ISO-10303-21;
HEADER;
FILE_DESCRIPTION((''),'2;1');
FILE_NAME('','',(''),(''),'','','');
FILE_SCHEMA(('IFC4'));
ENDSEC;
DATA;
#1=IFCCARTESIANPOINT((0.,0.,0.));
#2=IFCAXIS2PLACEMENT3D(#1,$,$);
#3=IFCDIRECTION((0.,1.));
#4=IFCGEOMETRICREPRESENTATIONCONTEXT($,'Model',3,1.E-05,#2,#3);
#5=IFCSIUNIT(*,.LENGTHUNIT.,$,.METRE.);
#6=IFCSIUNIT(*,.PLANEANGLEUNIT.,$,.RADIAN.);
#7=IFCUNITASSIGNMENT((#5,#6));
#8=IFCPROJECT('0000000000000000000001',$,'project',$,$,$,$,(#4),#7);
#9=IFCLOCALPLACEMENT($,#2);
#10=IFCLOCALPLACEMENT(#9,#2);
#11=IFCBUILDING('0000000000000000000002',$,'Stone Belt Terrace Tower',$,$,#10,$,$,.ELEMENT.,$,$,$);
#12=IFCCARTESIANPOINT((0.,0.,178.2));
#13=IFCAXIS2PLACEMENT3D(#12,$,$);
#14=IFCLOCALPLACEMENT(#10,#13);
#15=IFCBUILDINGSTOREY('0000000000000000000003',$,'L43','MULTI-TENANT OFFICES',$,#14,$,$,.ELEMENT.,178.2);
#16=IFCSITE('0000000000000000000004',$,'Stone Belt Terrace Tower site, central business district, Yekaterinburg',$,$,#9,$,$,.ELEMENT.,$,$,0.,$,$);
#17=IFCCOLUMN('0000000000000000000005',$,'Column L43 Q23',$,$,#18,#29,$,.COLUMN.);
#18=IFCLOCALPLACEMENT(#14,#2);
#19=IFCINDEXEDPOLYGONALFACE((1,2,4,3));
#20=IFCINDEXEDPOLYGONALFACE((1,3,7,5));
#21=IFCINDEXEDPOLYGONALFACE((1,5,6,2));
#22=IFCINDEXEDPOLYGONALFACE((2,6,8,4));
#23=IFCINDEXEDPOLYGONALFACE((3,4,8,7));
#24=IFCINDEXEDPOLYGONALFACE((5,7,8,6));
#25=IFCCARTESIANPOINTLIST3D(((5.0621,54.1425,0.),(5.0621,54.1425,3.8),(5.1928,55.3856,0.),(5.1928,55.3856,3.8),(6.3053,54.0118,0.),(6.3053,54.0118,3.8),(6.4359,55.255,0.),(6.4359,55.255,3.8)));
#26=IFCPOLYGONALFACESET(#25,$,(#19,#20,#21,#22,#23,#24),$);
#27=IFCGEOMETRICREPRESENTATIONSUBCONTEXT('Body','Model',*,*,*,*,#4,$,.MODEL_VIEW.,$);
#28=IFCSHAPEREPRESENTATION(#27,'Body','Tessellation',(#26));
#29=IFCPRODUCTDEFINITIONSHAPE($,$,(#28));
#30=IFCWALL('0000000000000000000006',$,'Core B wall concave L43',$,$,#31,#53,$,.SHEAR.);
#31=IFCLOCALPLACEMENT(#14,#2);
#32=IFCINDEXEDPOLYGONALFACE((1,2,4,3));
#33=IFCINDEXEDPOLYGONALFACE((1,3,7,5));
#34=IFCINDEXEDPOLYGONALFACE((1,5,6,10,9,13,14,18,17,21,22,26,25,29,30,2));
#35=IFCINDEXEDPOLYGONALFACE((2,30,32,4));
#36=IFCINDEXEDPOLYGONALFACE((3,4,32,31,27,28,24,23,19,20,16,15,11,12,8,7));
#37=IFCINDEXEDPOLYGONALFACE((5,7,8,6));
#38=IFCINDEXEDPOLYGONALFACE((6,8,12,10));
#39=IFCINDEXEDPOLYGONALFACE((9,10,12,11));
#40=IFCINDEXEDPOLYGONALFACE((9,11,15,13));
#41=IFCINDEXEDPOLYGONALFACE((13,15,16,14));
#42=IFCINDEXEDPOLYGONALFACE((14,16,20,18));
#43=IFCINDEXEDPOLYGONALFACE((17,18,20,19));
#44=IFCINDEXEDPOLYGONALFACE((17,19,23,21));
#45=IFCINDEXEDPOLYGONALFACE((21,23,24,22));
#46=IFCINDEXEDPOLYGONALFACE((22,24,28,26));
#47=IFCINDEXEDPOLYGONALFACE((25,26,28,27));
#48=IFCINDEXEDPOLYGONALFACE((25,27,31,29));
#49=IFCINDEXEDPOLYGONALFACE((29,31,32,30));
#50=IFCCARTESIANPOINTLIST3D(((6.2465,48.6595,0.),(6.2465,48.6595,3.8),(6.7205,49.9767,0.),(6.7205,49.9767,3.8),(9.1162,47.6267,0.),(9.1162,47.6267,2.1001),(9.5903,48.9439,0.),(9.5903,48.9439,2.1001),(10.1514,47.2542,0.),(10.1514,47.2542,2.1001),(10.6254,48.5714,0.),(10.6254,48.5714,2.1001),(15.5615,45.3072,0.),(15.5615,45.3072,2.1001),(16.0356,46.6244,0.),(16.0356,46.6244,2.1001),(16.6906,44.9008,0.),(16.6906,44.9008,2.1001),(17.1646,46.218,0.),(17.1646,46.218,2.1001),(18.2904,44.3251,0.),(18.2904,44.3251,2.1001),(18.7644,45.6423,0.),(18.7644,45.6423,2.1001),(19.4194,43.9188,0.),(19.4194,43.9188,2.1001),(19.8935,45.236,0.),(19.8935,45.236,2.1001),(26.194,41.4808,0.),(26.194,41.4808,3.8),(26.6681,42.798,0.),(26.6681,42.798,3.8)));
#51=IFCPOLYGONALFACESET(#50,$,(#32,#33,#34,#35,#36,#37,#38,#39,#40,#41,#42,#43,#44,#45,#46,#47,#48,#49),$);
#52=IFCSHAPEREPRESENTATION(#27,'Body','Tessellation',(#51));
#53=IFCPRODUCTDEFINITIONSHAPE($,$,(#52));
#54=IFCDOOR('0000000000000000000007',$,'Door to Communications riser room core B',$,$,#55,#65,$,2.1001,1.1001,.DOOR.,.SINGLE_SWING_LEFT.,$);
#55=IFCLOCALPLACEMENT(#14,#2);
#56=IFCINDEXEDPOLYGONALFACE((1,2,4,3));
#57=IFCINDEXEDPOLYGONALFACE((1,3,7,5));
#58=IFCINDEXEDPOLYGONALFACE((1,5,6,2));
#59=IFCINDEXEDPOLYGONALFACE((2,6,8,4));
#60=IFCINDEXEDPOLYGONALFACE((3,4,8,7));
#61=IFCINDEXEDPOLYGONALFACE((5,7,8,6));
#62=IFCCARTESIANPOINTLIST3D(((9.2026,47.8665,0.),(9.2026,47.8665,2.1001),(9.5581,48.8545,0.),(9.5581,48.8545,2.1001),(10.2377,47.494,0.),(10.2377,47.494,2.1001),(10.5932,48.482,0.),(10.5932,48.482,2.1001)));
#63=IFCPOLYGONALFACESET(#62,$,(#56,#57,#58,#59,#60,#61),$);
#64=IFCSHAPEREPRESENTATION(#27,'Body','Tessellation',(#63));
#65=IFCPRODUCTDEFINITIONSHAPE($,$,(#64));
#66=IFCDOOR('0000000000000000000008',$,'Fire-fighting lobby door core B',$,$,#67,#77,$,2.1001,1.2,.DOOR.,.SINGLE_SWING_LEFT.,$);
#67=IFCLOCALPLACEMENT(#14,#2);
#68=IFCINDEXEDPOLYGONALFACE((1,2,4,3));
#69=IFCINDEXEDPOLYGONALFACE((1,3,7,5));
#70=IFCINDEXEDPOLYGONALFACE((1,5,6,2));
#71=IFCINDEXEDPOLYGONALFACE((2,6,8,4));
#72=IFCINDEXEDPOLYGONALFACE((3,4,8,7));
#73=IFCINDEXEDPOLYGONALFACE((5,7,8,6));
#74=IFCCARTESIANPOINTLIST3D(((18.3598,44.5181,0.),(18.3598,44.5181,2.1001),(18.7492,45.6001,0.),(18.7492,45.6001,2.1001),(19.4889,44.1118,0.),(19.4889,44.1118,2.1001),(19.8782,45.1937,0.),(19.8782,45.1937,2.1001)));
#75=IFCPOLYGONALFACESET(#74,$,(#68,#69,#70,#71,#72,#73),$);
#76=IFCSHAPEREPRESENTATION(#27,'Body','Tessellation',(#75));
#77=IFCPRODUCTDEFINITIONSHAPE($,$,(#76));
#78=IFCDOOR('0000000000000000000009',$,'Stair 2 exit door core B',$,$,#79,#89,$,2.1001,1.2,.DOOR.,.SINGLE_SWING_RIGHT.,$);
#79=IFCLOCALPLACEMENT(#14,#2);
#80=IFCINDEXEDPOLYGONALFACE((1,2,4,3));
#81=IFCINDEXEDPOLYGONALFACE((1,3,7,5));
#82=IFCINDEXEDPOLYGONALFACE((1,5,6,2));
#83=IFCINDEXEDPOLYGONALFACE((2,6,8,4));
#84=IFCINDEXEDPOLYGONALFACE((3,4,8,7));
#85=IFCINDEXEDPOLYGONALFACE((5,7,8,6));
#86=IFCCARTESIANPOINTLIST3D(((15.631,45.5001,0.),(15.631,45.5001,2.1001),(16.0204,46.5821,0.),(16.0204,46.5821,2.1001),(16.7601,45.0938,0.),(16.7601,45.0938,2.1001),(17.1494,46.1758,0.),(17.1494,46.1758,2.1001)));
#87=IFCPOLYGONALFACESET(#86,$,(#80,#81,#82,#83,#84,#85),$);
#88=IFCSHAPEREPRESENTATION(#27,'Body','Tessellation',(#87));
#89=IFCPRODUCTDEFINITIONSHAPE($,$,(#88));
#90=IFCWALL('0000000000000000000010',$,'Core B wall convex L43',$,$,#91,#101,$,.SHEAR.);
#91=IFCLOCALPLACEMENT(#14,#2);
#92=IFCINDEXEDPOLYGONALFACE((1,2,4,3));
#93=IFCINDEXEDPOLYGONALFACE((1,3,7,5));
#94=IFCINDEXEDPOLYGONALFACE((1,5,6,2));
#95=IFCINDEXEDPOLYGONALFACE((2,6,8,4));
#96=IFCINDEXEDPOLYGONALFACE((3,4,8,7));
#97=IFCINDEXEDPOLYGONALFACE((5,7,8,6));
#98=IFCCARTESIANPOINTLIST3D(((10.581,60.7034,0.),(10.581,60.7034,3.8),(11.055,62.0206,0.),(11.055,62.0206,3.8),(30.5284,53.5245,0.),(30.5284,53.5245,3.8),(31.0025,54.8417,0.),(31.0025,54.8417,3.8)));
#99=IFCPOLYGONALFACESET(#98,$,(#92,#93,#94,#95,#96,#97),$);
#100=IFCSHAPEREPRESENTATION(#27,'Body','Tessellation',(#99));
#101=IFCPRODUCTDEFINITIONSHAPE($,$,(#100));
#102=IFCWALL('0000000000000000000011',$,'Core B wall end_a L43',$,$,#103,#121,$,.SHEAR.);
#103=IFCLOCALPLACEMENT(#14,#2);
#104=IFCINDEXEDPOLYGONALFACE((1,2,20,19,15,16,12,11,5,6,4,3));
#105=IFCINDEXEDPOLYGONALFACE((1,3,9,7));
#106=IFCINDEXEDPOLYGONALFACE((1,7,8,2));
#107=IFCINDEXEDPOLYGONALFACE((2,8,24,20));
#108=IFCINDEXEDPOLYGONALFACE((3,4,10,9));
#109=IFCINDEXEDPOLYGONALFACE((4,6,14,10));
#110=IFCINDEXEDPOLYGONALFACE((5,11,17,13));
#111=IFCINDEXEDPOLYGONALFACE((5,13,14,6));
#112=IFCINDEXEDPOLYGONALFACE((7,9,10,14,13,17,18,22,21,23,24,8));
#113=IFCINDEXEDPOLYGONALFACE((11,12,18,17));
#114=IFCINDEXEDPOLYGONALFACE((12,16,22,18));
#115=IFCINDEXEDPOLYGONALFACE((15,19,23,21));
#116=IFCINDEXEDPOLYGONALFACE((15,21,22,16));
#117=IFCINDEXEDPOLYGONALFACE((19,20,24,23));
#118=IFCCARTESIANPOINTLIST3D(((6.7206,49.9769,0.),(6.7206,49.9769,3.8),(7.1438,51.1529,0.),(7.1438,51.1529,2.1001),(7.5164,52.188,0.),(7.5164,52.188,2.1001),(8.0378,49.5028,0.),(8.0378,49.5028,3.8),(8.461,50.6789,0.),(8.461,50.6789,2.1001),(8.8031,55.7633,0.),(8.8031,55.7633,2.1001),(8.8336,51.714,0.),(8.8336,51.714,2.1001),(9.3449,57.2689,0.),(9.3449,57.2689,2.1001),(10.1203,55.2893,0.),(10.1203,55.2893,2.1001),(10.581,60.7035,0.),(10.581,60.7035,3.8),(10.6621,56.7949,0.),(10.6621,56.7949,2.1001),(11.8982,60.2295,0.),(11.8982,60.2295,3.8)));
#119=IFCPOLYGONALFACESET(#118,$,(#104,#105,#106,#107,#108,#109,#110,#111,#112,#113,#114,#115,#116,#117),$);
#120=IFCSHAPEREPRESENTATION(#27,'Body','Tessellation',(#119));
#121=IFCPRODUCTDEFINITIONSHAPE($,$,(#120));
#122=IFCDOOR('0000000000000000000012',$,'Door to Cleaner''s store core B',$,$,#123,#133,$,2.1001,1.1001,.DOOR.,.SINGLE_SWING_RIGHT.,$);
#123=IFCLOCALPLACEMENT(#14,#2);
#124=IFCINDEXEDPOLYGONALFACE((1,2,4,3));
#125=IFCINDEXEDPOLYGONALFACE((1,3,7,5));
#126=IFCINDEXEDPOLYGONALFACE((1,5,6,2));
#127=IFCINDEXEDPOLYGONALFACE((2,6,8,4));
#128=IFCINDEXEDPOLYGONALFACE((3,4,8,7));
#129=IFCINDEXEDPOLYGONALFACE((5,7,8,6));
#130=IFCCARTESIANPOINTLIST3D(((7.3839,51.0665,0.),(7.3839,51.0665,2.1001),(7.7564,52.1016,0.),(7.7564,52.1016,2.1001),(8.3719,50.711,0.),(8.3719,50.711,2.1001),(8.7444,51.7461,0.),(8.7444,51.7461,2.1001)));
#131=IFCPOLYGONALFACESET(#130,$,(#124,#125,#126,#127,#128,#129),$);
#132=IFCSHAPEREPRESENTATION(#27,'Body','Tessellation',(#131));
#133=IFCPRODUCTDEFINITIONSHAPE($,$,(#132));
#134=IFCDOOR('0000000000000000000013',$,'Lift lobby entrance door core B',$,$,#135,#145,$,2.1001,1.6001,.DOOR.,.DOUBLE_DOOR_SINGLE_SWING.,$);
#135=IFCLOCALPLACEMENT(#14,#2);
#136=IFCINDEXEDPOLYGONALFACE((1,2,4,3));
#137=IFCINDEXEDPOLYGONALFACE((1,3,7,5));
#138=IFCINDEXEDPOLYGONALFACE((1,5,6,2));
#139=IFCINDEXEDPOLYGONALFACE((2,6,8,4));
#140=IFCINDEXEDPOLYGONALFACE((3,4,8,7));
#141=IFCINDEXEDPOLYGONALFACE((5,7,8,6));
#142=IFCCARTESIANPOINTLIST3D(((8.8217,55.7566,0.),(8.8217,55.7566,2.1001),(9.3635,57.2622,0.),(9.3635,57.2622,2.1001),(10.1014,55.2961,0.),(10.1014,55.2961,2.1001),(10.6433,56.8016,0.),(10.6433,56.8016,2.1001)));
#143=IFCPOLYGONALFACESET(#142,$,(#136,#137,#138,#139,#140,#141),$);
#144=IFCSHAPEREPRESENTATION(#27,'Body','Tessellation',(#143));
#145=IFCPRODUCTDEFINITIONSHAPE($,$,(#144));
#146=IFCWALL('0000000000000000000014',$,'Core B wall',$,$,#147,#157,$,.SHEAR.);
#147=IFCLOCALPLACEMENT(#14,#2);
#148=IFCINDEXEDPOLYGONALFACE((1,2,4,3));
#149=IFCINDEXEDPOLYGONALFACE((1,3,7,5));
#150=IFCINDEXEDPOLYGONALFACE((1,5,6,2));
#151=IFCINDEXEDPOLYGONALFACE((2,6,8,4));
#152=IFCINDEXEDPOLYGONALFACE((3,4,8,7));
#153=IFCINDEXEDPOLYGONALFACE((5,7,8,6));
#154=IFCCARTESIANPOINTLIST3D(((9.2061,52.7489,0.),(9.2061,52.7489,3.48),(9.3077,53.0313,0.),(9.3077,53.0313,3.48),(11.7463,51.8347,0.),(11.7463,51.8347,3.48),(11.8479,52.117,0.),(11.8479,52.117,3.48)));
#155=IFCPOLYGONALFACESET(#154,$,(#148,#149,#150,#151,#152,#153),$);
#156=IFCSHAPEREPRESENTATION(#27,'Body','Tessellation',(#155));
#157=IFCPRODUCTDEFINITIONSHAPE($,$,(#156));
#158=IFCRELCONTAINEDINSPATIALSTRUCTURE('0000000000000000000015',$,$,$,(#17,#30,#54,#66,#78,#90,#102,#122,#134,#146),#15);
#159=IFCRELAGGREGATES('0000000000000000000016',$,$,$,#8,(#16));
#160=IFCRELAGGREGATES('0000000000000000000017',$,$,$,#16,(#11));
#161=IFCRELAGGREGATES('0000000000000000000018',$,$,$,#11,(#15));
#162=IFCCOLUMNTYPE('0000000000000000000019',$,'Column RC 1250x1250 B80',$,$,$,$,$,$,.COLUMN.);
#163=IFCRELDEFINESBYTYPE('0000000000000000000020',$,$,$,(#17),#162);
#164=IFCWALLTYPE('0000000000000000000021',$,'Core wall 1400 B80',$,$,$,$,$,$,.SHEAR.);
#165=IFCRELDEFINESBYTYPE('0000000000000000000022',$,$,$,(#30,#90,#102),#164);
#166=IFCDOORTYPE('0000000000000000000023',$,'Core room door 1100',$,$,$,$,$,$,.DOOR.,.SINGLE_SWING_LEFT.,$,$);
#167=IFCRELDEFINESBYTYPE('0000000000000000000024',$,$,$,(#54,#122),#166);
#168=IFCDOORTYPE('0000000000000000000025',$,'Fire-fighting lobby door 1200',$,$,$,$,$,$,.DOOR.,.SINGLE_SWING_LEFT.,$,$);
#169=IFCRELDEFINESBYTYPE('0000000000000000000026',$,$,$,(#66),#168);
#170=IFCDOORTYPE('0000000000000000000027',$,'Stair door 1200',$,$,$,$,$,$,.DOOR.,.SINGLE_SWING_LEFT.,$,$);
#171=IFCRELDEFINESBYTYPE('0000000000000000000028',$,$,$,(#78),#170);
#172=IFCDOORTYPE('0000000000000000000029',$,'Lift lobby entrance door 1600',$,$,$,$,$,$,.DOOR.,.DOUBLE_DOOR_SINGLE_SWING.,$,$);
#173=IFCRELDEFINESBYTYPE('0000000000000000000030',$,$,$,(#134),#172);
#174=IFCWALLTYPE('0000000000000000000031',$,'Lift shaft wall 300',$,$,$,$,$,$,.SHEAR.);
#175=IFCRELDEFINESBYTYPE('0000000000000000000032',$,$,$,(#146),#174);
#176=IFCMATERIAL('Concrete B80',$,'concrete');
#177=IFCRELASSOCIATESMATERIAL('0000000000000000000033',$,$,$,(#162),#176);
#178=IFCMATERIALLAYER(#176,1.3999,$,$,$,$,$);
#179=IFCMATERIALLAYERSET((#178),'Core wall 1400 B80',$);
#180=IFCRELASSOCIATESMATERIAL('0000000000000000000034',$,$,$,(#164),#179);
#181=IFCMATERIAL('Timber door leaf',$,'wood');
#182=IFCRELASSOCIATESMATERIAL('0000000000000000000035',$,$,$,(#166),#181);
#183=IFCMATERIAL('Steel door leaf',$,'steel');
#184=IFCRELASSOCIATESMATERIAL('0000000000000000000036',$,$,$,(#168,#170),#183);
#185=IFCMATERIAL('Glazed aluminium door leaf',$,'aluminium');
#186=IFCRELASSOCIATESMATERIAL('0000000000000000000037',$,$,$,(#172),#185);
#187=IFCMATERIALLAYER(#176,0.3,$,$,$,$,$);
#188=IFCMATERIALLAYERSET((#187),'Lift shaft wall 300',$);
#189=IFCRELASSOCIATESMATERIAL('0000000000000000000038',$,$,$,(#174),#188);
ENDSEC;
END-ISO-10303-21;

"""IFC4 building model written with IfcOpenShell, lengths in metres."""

from ifc_helpers import new_model, si_unit, direction, frame, frame_2d, origin, origin_2d, place, context, subcontext, project, spatial, rectangle, extrude, material, layer, layer_set, material_profile, profile_set, type_object, element, fill, save


model = new_model("IFC4")

# Units and contexts
model_context = context("Model", 3, precision=1e-05, world=origin(), true_north=direction((0.0, 1.0)))
body_context = subcontext(model_context, "Body", "Model", "MODEL_VIEW")
ifc_project = project(units=[si_unit("LENGTHUNIT", "METRE"), si_unit("PLANEANGLEUNIT", "RADIAN")], contexts=[model_context])

# Site, building, storey
site_placement = place(None, origin())
site = spatial("IfcSite", under=ifc_project, at=site_placement, Name="Stone Belt Terrace Tower site, central business district, Yekaterinburg", CompositionType="ELEMENT", RefElevation=0.0)
building_placement = place(site_placement, origin())
building = spatial("IfcBuilding", under=site, at=building_placement, Name="Stone Belt Terrace Tower", CompositionType="ELEMENT")
storey_placement = place(building_placement, frame((0.0, 0.0, 178.2)))
storey = spatial("IfcBuildingStorey", under=building, at=storey_placement, Name="L43", Description="MULTI-TENANT OFFICES", CompositionType="ELEMENT", Elevation=178.2)

# Column
ifc_material_1 = material(Name="Concrete B80", Category="concrete")
ifc_material_profile = material_profile(ifc_material_1, rectangle(XDim=1.25, YDim=1.25, at=origin_2d()), Name="RC 1250x1250")
ifc_profile_set = profile_set([ifc_material_profile], Name="Concrete B80")
column_type = type_object("IfcColumnType", Name="Column RC 1250x1250 B80", PredefinedType="COLUMN", material=ifc_profile_set)
column_placement = place(storey_placement, frame((5.749, 54.6987, 0.0), z_axis=(0.0, 0.0, 1.0), x_axis=(0.994522, -0.104528, 0.0)))
element("IfcColumn", 1, at=column_placement, inside=storey, type_object=column_type, Name="Column L43 Q23", PredefinedType="COLUMN", context=body_context, shape_type="SweptSolid", body=[
    extrude(rectangle(XDim=1.25, YDim=1.25, at=origin_2d()), origin(), (0.0, 0.0, 1.0), 3.8),
])

# Wall, openings, doors
ifc_layer_1 = layer(ifc_material_1, 1.3999)
ifc_layer_set_1 = layer_set([ifc_layer_1], Name="Core wall 1400 B80")
wall_type_1 = type_object("IfcWallType", Name="Core wall 1400 B80", PredefinedType="SHEAR", material=ifc_layer_set_1)
wall_1_placement = place(storey_placement, frame((6.4834, 49.3181, 0.0), z_axis=(0.0, 0.0, 1.0), x_axis=(0.940923, -0.33862, 0.0)))
wall_1 = element("IfcWall", 2, at=wall_1_placement, inside=storey, type_object=wall_type_1, Name="Core B wall concave L43", PredefinedType="SHEAR", context=body_context, shape_type="SweptSolid", body=[
    extrude(rectangle(XDim=21.2, YDim=1.3999, at=frame_2d((10.6001, 0.0))), origin(), (0.0, 0.0, 1.0), 3.8),
])
opening_1_placement = place(wall_1_placement, frame((12.8, 0.0, 0.0)))
opening_1 = element("IfcOpeningElement", 3, at=opening_1_placement, cuts=wall_1, PredefinedType="OPENING", context=body_context, shape_type="SweptSolid", body=[
    extrude(rectangle(XDim=1.2, YDim=2.1001, at=frame_2d((0.6001, 1.05))), frame((0.0, 0.71, 0.0), z_axis=(0.0, -1.0, 0.0), x_axis=(1.0, 0.0, 0.0)), (0.0, 0.0, 1.0), 1.4199),
])
opening_2_placement = place(wall_1_placement, frame((9.8999, 0.0, 0.0)))
opening_2 = element("IfcOpeningElement", 4, at=opening_2_placement, cuts=wall_1, PredefinedType="OPENING", context=body_context, shape_type="SweptSolid", body=[
    extrude(rectangle(XDim=1.2, YDim=2.1001, at=frame_2d((0.6001, 1.05))), frame((0.0, 0.71, 0.0), z_axis=(0.0, -1.0, 0.0), x_axis=(1.0, 0.0, 0.0)), (0.0, 0.0, 1.0), 1.4199),
])
opening_3_placement = place(wall_1_placement, frame((3.05, 0.0, 0.0)))
opening_3 = element("IfcOpeningElement", 5, at=opening_3_placement, cuts=wall_1, PredefinedType="OPENING", context=body_context, shape_type="SweptSolid", body=[
    extrude(rectangle(XDim=1.1001, YDim=2.1001, at=frame_2d((0.55, 1.05))), frame((0.0, 0.71, 0.0), z_axis=(0.0, -1.0, 0.0), x_axis=(1.0, 0.0, 0.0)), (0.0, 0.0, 1.0), 1.4199),
])
ifc_material_2 = material(Name="Timber door leaf", Category="wood")
door_type_1 = type_object("IfcDoorType", Name="Core room door 1100", OperationType="SINGLE_SWING_LEFT", PredefinedType="DOOR", material=ifc_material_2)
door_1_placement = place(opening_3_placement, origin())
door_1 = element("IfcDoor", 6, at=door_1_placement, inside=storey, type_object=door_type_1, Name="Door to Communications riser room core B", OperationType="SINGLE_SWING_LEFT", OverallHeight=2.1001, OverallWidth=1.1001, PredefinedType="DOOR", context=body_context, shape_type="SweptSolid", body=[
    extrude(rectangle(XDim=1.1001, YDim=2.1001, at=frame_2d((0.55, 1.05))), frame((0.0, 0.605, 0.0), z_axis=(0.0, -1.0, 0.0), x_axis=(1.0, 0.0, 0.0)), (0.0, 0.0, 1.0), 1.05),
])
fill(opening_3, door_1)
ifc_material_3 = material(Name="Steel door leaf", Category="steel")
door_type_2 = type_object("IfcDoorType", Name="Fire-fighting lobby door 1200", OperationType="SINGLE_SWING_LEFT", PredefinedType="DOOR", material=ifc_material_3)
door_2_placement = place(opening_1_placement, origin())
door_2 = element("IfcDoor", 7, at=door_2_placement, inside=storey, type_object=door_type_2, Name="Fire-fighting lobby door core B", OperationType="SINGLE_SWING_LEFT", OverallHeight=2.1001, OverallWidth=1.2, PredefinedType="DOOR", context=body_context, shape_type="SweptSolid", body=[
    extrude(rectangle(XDim=1.2, YDim=2.1001, at=frame_2d((0.6001, 1.05))), frame((0.0, 0.655, 0.0), z_axis=(0.0, -1.0, 0.0), x_axis=(1.0, 0.0, 0.0)), (0.0, 0.0, 1.0), 1.1499),
])
fill(opening_1, door_2)
door_type_3 = type_object("IfcDoorType", Name="Stair door 1200", OperationType="SINGLE_SWING_LEFT", PredefinedType="DOOR", material=ifc_material_3)
door_3_placement = place(opening_2_placement, origin())
door_3 = element("IfcDoor", 8, at=door_3_placement, inside=storey, type_object=door_type_3, Name="Stair 2 exit door core B", OperationType="SINGLE_SWING_RIGHT", OverallHeight=2.1001, OverallWidth=1.2, PredefinedType="DOOR", context=body_context, shape_type="SweptSolid", body=[
    extrude(rectangle(XDim=1.2, YDim=2.1001, at=frame_2d((0.6001, 1.05))), frame((0.0, 0.655, 0.0), z_axis=(0.0, -1.0, 0.0), x_axis=(1.0, 0.0, 0.0)), (0.0, 0.0, 1.0), 1.1499),
])
fill(opening_2, door_3)

# Wall
wall_2_placement = place(storey_placement, frame((10.8179, 61.3621, 0.0), z_axis=(0.0, 0.0, 1.0), x_axis=(0.94092, -0.33863, 0.0)))
element("IfcWall", 9, at=wall_2_placement, inside=storey, type_object=wall_type_1, Name="Core B wall convex L43", PredefinedType="SHEAR", context=body_context, shape_type="SweptSolid", body=[
    extrude(rectangle(XDim=21.2, YDim=1.3999, at=frame_2d((10.6001, 0.0))), origin(), (0.0, 0.0, 1.0), 3.8),
])

# Wall, openings, doors
wall_3_placement = place(storey_placement, frame((7.3792, 49.7397, 0.0), z_axis=(0.0, 0.0, 1.0), x_axis=(0.338625, 0.940921, 0.0)))
wall_3 = element("IfcWall", 10, at=wall_3_placement, inside=storey, type_object=wall_type_1, Name="Core B wall end_a L43", PredefinedType="SHEAR", context=body_context, shape_type="SweptSolid", body=[
    extrude(rectangle(XDim=11.4001, YDim=1.3999, at=frame_2d((5.7002, 0.0))), origin(), (0.0, 0.0, 1.0), 3.8),
])
opening_4_placement = place(wall_3_placement, frame((6.1499, 0.0, 0.0)))
opening_4 = element("IfcOpeningElement", 11, at=opening_4_placement, cuts=wall_3, PredefinedType="OPENING", context=body_context, shape_type="SweptSolid", body=[
    extrude(rectangle(XDim=1.6001, YDim=2.1001, at=frame_2d((0.8, 1.05))), frame((0.0, 0.71, 0.0), z_axis=(0.0, -1.0, 0.0), x_axis=(1.0, 0.0, 0.0)), (0.0, 0.0, 1.0), 1.4199),
])
opening_5_placement = place(wall_3_placement, frame((1.25, 0.0, 0.0)))
opening_5 = element("IfcOpeningElement", 12, at=opening_5_placement, cuts=wall_3, PredefinedType="OPENING", context=body_context, shape_type="SweptSolid", body=[
    extrude(rectangle(XDim=1.1001, YDim=2.1001, at=frame_2d((0.55, 1.05))), frame((0.0, 0.71, 0.0), z_axis=(0.0, -1.0, 0.0), x_axis=(1.0, 0.0, 0.0)), (0.0, 0.0, 1.0), 1.4199),
])
door_4_placement = place(opening_5_placement, origin())
door_4 = element("IfcDoor", 13, at=door_4_placement, inside=storey, type_object=door_type_1, Name="Door to Cleaner's store core B", OperationType="SINGLE_SWING_RIGHT", OverallHeight=2.1001, OverallWidth=1.1001, PredefinedType="DOOR", context=body_context, shape_type="SweptSolid", body=[
    extrude(rectangle(XDim=1.1001, YDim=2.1001, at=frame_2d((0.55, 1.05))), frame((0.0, 0.4448, 0.0), z_axis=(0.0, -1.0, 0.0), x_axis=(1.0, 0.0, 0.0)), (0.0, 0.0, 1.0), 1.05),
])
fill(opening_5, door_4)
ifc_material_4 = material(Name="Glazed aluminium door leaf", Category="aluminium")
door_type_4 = type_object("IfcDoorType", Name="Lift lobby entrance door 1600", OperationType="DOUBLE_DOOR_SINGLE_SWING", PredefinedType="DOOR", material=ifc_material_4)
door_5_placement = place(opening_4_placement, origin())
door_5 = element("IfcDoor", 14, at=door_5_placement, inside=storey, type_object=door_type_4, Name="Lift lobby entrance door core B", OperationType="DOUBLE_DOOR_SINGLE_SWING", OverallHeight=2.1001, OverallWidth=1.6001, PredefinedType="DOOR", context=body_context, shape_type="SweptSolid", body=[
    extrude(rectangle(XDim=1.6001, YDim=2.1001, at=frame_2d((0.8, 1.05))), frame((0.0, 0.6802, 0.0), z_axis=(0.0, -1.0, 0.0), x_axis=(1.0, 0.0, 0.0)), (0.0, 0.0, 1.0), 1.3601),
])
fill(opening_4, door_5)

# Wall
ifc_layer_2 = layer(ifc_material_1, 0.3)
ifc_layer_set_2 = layer_set([ifc_layer_2], Name="Lift shaft wall 300")
wall_type_2 = type_object("IfcWallType", Name="Lift shaft wall 300", PredefinedType="SHEAR", material=ifc_layer_set_2)
wall_4_placement = place(storey_placement, frame((11.7971, 51.9758, 0.0), z_axis=(0.0, 0.0, 1.0), x_axis=(-0.94091, 0.338655, 0.0)))
element("IfcWall", 15, at=wall_4_placement, inside=storey, type_object=wall_type_2, Name="Core B wall", PredefinedType="SHEAR", context=body_context, shape_type="SweptSolid", body=[
    extrude(rectangle(XDim=2.6997, YDim=0.3, at=frame_2d((1.3499, 0.0))), origin(), (0.0, 0.0, 1.0), 3.48),
])

save(model, "model.ifc")
